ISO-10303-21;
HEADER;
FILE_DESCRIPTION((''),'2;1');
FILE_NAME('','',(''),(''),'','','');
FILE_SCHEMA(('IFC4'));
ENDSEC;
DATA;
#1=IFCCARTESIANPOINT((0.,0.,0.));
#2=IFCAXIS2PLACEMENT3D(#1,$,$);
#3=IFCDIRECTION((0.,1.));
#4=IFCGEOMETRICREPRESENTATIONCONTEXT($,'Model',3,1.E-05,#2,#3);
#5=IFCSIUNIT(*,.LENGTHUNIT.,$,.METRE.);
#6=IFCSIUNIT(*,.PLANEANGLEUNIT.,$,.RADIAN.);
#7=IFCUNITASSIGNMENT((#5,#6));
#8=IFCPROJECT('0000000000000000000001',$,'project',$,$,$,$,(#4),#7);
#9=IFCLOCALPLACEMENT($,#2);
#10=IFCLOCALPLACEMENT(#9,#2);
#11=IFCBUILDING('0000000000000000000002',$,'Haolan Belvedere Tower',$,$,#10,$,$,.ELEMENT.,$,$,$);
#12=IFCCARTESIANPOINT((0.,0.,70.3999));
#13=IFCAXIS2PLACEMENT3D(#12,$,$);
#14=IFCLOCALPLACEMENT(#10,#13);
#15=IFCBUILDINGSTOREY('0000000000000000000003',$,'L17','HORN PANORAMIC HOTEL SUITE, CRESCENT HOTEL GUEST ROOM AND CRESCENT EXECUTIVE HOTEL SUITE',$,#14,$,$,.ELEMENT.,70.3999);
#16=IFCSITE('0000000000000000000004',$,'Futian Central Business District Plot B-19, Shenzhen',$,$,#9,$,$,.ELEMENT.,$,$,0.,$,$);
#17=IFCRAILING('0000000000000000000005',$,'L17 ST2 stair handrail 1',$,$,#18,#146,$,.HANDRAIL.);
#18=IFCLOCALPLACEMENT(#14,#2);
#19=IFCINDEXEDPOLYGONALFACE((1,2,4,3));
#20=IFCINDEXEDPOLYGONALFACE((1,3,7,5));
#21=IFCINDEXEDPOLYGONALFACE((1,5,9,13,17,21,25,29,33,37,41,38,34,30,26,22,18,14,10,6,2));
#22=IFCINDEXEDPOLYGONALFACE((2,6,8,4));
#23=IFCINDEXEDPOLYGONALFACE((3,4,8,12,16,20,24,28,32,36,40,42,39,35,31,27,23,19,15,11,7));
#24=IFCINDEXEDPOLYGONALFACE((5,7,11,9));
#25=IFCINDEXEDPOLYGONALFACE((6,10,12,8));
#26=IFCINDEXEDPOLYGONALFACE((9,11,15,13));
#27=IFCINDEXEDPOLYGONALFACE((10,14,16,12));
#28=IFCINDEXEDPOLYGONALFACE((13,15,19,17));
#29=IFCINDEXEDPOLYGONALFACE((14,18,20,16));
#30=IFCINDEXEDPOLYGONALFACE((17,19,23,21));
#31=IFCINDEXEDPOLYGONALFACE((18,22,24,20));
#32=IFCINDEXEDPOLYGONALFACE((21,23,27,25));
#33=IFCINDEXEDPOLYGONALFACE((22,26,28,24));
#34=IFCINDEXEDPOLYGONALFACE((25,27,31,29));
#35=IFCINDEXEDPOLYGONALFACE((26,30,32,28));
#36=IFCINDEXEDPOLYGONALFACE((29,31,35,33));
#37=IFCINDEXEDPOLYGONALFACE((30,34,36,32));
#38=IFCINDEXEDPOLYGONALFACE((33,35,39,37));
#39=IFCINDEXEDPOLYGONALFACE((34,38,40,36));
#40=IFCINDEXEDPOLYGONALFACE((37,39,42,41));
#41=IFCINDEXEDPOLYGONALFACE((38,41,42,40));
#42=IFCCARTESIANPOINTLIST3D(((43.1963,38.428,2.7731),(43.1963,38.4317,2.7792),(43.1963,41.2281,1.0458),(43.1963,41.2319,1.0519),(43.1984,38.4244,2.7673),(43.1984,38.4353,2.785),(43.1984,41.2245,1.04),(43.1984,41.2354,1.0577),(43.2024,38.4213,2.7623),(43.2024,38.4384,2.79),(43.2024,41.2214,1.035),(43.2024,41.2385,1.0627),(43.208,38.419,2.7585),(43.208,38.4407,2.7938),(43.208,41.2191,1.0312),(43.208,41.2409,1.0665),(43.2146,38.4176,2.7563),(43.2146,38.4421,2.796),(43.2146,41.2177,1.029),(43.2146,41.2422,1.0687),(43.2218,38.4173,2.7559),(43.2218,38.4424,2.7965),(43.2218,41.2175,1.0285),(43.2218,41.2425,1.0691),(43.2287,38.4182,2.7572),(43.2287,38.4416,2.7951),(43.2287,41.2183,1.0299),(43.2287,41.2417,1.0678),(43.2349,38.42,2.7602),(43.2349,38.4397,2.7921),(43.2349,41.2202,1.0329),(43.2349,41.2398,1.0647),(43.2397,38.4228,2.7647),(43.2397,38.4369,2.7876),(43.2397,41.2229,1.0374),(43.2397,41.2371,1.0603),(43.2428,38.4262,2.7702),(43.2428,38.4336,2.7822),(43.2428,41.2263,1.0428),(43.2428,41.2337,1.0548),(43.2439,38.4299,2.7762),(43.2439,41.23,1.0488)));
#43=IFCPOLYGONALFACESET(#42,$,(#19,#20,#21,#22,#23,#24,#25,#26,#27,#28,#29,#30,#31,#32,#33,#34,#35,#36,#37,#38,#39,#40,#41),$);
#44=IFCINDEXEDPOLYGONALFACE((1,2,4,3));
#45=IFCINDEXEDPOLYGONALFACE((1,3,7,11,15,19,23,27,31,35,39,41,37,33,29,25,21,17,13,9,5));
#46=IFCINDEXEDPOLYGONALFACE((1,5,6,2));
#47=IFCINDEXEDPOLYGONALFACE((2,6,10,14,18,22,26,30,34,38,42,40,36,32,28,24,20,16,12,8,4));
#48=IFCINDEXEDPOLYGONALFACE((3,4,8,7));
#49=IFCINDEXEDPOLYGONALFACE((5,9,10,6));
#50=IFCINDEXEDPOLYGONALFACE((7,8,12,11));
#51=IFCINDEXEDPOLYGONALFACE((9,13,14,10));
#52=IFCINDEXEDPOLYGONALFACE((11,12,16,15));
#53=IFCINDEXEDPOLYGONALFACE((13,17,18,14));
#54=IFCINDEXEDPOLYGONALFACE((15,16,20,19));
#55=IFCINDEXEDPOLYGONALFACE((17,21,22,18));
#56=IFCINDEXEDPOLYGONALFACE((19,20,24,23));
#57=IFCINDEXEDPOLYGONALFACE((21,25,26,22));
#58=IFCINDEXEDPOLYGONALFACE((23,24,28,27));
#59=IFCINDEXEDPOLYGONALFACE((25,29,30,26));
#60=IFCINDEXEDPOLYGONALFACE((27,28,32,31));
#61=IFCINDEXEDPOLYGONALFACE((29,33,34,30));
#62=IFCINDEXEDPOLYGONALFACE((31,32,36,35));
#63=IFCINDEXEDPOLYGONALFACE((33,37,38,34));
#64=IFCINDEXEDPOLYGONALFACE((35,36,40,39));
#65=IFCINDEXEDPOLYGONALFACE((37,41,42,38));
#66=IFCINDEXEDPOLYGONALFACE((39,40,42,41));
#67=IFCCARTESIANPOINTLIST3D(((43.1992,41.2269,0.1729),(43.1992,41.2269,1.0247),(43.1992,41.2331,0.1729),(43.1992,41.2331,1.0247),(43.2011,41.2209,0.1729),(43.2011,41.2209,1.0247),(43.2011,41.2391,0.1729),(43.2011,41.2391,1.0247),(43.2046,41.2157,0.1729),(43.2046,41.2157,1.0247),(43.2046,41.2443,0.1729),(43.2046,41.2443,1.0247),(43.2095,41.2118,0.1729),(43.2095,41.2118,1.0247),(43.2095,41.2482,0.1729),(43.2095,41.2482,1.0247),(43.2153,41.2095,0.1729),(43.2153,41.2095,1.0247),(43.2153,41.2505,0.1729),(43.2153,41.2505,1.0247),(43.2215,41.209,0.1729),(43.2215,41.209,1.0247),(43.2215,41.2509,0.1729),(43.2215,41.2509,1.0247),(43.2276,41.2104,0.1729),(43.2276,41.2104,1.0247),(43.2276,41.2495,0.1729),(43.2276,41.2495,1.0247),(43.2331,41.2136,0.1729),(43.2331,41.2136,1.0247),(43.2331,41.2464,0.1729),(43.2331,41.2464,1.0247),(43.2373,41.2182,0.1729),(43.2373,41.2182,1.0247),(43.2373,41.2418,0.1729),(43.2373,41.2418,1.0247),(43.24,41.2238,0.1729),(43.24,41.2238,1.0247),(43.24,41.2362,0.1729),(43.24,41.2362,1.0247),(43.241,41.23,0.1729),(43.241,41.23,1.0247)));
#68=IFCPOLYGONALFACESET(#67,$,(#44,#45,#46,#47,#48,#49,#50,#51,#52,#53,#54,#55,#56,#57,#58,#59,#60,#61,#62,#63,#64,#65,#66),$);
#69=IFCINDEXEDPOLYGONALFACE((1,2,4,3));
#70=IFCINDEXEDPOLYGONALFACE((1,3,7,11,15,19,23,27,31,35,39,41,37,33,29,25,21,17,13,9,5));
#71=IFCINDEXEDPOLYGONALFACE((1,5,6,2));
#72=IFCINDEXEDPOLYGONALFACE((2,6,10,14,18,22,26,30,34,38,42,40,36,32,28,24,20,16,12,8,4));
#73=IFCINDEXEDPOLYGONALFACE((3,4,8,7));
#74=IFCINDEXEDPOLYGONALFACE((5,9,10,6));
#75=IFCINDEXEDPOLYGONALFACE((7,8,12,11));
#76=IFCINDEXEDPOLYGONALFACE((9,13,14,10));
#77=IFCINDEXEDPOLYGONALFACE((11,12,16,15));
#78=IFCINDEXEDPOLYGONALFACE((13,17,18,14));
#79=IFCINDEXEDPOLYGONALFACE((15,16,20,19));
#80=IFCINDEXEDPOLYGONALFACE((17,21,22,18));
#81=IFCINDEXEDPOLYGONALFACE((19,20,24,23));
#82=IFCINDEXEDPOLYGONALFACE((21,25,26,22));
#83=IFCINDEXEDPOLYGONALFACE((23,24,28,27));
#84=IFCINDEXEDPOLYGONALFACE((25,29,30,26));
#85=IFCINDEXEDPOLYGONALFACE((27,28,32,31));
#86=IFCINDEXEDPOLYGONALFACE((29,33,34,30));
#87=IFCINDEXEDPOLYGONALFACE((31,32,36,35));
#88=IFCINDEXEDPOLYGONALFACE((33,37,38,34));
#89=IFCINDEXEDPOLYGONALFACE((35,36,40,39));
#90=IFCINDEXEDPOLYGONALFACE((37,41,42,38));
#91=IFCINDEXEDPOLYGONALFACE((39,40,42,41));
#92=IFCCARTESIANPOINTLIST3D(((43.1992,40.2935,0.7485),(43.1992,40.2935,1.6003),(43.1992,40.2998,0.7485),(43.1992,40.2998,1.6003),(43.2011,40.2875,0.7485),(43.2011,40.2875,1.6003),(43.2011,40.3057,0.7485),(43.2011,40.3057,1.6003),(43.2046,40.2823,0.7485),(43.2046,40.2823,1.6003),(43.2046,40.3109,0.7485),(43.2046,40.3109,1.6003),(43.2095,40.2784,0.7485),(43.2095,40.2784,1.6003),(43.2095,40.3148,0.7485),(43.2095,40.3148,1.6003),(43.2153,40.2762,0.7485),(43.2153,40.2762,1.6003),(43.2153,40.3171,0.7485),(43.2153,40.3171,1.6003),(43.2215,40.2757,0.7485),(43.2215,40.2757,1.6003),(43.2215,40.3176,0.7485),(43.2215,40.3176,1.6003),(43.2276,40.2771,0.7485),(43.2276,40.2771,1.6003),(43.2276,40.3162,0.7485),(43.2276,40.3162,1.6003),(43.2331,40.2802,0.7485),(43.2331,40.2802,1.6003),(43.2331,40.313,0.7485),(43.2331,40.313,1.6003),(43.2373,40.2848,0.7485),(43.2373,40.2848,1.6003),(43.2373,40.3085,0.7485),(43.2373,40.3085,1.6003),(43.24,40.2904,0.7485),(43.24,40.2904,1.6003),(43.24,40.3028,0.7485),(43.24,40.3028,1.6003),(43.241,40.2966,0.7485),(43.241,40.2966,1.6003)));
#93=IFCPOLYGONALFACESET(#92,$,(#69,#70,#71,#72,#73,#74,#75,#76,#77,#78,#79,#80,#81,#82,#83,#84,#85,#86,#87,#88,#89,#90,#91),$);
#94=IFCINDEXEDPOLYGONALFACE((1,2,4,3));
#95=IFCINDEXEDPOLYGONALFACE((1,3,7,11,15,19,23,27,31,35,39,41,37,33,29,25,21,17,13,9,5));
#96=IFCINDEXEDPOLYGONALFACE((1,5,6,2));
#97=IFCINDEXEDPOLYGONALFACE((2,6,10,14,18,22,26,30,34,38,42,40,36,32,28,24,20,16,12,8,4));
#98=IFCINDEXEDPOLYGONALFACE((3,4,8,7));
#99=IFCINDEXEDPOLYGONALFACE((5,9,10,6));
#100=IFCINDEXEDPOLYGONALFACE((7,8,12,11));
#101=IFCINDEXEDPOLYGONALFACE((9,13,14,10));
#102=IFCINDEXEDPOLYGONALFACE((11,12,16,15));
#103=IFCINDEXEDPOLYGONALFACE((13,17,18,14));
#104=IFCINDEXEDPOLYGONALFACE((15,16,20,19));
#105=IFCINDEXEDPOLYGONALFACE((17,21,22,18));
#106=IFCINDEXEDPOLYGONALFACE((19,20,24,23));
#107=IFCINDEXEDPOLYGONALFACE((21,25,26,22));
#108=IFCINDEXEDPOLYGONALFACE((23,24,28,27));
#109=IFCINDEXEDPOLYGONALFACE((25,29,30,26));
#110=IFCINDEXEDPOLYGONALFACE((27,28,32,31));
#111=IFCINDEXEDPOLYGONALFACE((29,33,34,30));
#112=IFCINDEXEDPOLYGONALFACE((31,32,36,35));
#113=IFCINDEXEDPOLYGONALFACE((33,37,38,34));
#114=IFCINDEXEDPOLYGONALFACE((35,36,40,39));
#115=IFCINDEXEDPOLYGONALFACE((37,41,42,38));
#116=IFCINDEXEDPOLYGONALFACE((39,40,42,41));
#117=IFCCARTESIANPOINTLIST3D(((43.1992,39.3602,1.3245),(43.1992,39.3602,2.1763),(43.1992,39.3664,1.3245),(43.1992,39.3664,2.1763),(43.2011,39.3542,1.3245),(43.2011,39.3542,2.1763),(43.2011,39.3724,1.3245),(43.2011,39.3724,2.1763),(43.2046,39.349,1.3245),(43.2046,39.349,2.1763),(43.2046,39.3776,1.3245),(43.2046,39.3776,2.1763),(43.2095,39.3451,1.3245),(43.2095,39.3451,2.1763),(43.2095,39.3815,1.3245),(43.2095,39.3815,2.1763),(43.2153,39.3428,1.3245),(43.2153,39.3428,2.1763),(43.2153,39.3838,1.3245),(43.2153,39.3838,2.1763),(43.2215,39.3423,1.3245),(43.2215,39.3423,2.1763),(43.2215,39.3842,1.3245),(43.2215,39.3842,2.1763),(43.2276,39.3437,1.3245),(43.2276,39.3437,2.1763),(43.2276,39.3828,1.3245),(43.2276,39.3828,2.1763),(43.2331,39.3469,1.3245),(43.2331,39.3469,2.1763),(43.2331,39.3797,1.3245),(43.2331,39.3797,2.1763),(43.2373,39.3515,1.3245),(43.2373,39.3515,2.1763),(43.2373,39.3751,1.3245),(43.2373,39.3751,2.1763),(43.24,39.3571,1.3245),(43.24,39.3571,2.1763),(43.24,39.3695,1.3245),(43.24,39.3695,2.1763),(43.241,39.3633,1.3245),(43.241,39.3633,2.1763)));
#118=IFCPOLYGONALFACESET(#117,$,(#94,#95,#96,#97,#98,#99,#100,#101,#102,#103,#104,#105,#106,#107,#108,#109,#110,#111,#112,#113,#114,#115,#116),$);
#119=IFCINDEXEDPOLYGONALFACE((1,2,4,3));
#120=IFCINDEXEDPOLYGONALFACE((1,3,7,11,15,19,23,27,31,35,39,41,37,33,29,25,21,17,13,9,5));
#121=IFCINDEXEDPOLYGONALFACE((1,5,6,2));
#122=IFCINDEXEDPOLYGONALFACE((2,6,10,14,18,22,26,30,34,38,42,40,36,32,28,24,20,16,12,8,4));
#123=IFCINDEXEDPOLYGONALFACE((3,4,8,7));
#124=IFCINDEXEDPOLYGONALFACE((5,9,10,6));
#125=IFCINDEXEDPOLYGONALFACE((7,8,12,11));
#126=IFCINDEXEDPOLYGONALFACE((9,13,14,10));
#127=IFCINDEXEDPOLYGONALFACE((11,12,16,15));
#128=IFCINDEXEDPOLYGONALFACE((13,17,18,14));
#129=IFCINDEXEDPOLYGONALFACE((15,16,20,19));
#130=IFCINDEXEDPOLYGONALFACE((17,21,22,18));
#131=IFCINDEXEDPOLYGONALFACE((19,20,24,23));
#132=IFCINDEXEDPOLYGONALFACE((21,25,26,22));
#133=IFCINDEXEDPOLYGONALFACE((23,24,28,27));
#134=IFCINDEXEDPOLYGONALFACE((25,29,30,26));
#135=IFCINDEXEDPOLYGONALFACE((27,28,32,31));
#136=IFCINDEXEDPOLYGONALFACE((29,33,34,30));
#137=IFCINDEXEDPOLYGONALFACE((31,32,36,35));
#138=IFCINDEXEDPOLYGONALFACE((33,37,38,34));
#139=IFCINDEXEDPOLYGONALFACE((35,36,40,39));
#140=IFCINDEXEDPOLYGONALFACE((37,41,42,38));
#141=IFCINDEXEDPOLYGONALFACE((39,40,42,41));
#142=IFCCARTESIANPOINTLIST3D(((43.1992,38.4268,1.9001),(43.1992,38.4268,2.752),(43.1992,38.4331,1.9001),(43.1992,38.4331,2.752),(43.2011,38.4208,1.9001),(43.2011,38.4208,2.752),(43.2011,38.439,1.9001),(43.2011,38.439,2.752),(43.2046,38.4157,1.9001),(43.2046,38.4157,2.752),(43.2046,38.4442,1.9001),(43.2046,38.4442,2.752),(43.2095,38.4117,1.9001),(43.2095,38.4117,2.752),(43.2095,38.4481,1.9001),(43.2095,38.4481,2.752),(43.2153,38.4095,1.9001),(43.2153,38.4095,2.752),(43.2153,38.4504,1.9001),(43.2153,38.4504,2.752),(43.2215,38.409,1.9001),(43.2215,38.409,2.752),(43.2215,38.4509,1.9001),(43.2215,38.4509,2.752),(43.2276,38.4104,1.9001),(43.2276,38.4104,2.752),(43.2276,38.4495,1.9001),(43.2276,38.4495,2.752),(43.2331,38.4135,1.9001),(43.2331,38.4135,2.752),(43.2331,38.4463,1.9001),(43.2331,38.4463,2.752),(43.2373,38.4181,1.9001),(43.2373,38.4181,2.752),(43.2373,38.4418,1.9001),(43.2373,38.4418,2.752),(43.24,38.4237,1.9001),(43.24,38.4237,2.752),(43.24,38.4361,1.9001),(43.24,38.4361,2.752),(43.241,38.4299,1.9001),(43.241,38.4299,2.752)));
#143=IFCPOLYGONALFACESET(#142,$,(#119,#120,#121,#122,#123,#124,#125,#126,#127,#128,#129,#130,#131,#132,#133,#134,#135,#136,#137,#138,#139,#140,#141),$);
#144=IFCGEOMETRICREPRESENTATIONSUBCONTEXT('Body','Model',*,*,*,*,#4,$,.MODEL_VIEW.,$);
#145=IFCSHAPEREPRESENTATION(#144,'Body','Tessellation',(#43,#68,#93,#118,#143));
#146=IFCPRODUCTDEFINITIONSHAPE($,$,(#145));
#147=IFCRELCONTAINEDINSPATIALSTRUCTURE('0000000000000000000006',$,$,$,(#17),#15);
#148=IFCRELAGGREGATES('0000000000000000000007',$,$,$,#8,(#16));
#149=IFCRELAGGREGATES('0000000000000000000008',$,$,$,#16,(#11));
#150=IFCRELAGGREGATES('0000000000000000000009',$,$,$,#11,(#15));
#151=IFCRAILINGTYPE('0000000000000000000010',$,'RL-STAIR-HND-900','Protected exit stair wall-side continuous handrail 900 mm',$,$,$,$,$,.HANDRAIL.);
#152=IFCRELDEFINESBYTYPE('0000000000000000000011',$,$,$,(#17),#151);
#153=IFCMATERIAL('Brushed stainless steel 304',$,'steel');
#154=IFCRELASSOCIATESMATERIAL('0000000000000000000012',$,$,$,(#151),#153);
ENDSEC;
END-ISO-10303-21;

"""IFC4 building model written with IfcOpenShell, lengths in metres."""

from ifc_helpers import new_model, si_unit, direction, frame, origin, origin_2d, place, context, subcontext, project, spatial, circle, extrude, material, type_object, element, save


model = new_model("IFC4")

# Units and contexts
model_context = context("Model", 3, precision=1e-05, world=origin(), true_north=direction((0.0, 1.0)))
body_context = subcontext(model_context, "Body", "Model", "MODEL_VIEW")
ifc_project = project(units=[si_unit("LENGTHUNIT", "METRE"), si_unit("PLANEANGLEUNIT", "RADIAN")], contexts=[model_context])

# Site, building, storey
site_placement = place(None, origin())
site = spatial("IfcSite", under=ifc_project, at=site_placement, Name="Futian Central Business District Plot B-19, Shenzhen", CompositionType="ELEMENT", RefElevation=0.0)
building_placement = place(site_placement, origin())
building = spatial("IfcBuilding", under=site, at=building_placement, Name="Haolan Belvedere Tower", CompositionType="ELEMENT")
storey_placement = place(building_placement, frame((0.0, 0.0, 70.3999)))
storey = spatial("IfcBuildingStorey", under=building, at=storey_placement, Name="L17", Description="HORN PANORAMIC HOTEL SUITE, CRESCENT HOTEL GUEST ROOM AND CRESCENT EXECUTIVE HOTEL SUITE", CompositionType="ELEMENT", Elevation=70.3999)

# Railing
ifc_material_1 = material(Name="Brushed stainless steel 304", Category="steel")
railing_type_1 = type_object("IfcRailingType", Name="RL-STAIR-HND-900", Description="Protected exit stair wall-side continuous handrail 900 mm", PredefinedType="HANDRAIL", material=ifc_material_1)
railing_1_placement = place(storey_placement, frame((43.22, 41.23, 0.1729)))
element("IfcRailing", 1, at=railing_1_placement, inside=storey, type_object=railing_type_1, Name="L17 ST2 stair handrail 1", PredefinedType="HANDRAIL", context=body_context, shape_type="SweptSolid", body=[
    extrude(circle(Radius=0.0239, at=origin_2d()), frame((0.0, 0.0, 0.876), z_axis=(0.0, -0.85109, 0.52502), x_axis=(1.0, 0.0, 0.0)), (0.0, 0.0, 1.0), 3.29),
    extrude(circle(Radius=0.021, at=origin_2d()), origin(), (0.0, 0.0, 1.0), 0.8518),
    extrude(circle(Radius=0.021, at=origin_2d()), frame((0.0, -0.9333, 0.5757)), (0.0, 0.0, 1.0), 0.8518),
    extrude(circle(Radius=0.021, at=origin_2d()), frame((0.0, -1.8667, 1.1516)), (0.0, 0.0, 1.0), 0.8518),
    extrude(circle(Radius=0.021, at=origin_2d()), frame((0.0, -2.8, 1.7273)), (0.0, 0.0, 1.0), 0.8518),
])

save(model, "model.ifc")
